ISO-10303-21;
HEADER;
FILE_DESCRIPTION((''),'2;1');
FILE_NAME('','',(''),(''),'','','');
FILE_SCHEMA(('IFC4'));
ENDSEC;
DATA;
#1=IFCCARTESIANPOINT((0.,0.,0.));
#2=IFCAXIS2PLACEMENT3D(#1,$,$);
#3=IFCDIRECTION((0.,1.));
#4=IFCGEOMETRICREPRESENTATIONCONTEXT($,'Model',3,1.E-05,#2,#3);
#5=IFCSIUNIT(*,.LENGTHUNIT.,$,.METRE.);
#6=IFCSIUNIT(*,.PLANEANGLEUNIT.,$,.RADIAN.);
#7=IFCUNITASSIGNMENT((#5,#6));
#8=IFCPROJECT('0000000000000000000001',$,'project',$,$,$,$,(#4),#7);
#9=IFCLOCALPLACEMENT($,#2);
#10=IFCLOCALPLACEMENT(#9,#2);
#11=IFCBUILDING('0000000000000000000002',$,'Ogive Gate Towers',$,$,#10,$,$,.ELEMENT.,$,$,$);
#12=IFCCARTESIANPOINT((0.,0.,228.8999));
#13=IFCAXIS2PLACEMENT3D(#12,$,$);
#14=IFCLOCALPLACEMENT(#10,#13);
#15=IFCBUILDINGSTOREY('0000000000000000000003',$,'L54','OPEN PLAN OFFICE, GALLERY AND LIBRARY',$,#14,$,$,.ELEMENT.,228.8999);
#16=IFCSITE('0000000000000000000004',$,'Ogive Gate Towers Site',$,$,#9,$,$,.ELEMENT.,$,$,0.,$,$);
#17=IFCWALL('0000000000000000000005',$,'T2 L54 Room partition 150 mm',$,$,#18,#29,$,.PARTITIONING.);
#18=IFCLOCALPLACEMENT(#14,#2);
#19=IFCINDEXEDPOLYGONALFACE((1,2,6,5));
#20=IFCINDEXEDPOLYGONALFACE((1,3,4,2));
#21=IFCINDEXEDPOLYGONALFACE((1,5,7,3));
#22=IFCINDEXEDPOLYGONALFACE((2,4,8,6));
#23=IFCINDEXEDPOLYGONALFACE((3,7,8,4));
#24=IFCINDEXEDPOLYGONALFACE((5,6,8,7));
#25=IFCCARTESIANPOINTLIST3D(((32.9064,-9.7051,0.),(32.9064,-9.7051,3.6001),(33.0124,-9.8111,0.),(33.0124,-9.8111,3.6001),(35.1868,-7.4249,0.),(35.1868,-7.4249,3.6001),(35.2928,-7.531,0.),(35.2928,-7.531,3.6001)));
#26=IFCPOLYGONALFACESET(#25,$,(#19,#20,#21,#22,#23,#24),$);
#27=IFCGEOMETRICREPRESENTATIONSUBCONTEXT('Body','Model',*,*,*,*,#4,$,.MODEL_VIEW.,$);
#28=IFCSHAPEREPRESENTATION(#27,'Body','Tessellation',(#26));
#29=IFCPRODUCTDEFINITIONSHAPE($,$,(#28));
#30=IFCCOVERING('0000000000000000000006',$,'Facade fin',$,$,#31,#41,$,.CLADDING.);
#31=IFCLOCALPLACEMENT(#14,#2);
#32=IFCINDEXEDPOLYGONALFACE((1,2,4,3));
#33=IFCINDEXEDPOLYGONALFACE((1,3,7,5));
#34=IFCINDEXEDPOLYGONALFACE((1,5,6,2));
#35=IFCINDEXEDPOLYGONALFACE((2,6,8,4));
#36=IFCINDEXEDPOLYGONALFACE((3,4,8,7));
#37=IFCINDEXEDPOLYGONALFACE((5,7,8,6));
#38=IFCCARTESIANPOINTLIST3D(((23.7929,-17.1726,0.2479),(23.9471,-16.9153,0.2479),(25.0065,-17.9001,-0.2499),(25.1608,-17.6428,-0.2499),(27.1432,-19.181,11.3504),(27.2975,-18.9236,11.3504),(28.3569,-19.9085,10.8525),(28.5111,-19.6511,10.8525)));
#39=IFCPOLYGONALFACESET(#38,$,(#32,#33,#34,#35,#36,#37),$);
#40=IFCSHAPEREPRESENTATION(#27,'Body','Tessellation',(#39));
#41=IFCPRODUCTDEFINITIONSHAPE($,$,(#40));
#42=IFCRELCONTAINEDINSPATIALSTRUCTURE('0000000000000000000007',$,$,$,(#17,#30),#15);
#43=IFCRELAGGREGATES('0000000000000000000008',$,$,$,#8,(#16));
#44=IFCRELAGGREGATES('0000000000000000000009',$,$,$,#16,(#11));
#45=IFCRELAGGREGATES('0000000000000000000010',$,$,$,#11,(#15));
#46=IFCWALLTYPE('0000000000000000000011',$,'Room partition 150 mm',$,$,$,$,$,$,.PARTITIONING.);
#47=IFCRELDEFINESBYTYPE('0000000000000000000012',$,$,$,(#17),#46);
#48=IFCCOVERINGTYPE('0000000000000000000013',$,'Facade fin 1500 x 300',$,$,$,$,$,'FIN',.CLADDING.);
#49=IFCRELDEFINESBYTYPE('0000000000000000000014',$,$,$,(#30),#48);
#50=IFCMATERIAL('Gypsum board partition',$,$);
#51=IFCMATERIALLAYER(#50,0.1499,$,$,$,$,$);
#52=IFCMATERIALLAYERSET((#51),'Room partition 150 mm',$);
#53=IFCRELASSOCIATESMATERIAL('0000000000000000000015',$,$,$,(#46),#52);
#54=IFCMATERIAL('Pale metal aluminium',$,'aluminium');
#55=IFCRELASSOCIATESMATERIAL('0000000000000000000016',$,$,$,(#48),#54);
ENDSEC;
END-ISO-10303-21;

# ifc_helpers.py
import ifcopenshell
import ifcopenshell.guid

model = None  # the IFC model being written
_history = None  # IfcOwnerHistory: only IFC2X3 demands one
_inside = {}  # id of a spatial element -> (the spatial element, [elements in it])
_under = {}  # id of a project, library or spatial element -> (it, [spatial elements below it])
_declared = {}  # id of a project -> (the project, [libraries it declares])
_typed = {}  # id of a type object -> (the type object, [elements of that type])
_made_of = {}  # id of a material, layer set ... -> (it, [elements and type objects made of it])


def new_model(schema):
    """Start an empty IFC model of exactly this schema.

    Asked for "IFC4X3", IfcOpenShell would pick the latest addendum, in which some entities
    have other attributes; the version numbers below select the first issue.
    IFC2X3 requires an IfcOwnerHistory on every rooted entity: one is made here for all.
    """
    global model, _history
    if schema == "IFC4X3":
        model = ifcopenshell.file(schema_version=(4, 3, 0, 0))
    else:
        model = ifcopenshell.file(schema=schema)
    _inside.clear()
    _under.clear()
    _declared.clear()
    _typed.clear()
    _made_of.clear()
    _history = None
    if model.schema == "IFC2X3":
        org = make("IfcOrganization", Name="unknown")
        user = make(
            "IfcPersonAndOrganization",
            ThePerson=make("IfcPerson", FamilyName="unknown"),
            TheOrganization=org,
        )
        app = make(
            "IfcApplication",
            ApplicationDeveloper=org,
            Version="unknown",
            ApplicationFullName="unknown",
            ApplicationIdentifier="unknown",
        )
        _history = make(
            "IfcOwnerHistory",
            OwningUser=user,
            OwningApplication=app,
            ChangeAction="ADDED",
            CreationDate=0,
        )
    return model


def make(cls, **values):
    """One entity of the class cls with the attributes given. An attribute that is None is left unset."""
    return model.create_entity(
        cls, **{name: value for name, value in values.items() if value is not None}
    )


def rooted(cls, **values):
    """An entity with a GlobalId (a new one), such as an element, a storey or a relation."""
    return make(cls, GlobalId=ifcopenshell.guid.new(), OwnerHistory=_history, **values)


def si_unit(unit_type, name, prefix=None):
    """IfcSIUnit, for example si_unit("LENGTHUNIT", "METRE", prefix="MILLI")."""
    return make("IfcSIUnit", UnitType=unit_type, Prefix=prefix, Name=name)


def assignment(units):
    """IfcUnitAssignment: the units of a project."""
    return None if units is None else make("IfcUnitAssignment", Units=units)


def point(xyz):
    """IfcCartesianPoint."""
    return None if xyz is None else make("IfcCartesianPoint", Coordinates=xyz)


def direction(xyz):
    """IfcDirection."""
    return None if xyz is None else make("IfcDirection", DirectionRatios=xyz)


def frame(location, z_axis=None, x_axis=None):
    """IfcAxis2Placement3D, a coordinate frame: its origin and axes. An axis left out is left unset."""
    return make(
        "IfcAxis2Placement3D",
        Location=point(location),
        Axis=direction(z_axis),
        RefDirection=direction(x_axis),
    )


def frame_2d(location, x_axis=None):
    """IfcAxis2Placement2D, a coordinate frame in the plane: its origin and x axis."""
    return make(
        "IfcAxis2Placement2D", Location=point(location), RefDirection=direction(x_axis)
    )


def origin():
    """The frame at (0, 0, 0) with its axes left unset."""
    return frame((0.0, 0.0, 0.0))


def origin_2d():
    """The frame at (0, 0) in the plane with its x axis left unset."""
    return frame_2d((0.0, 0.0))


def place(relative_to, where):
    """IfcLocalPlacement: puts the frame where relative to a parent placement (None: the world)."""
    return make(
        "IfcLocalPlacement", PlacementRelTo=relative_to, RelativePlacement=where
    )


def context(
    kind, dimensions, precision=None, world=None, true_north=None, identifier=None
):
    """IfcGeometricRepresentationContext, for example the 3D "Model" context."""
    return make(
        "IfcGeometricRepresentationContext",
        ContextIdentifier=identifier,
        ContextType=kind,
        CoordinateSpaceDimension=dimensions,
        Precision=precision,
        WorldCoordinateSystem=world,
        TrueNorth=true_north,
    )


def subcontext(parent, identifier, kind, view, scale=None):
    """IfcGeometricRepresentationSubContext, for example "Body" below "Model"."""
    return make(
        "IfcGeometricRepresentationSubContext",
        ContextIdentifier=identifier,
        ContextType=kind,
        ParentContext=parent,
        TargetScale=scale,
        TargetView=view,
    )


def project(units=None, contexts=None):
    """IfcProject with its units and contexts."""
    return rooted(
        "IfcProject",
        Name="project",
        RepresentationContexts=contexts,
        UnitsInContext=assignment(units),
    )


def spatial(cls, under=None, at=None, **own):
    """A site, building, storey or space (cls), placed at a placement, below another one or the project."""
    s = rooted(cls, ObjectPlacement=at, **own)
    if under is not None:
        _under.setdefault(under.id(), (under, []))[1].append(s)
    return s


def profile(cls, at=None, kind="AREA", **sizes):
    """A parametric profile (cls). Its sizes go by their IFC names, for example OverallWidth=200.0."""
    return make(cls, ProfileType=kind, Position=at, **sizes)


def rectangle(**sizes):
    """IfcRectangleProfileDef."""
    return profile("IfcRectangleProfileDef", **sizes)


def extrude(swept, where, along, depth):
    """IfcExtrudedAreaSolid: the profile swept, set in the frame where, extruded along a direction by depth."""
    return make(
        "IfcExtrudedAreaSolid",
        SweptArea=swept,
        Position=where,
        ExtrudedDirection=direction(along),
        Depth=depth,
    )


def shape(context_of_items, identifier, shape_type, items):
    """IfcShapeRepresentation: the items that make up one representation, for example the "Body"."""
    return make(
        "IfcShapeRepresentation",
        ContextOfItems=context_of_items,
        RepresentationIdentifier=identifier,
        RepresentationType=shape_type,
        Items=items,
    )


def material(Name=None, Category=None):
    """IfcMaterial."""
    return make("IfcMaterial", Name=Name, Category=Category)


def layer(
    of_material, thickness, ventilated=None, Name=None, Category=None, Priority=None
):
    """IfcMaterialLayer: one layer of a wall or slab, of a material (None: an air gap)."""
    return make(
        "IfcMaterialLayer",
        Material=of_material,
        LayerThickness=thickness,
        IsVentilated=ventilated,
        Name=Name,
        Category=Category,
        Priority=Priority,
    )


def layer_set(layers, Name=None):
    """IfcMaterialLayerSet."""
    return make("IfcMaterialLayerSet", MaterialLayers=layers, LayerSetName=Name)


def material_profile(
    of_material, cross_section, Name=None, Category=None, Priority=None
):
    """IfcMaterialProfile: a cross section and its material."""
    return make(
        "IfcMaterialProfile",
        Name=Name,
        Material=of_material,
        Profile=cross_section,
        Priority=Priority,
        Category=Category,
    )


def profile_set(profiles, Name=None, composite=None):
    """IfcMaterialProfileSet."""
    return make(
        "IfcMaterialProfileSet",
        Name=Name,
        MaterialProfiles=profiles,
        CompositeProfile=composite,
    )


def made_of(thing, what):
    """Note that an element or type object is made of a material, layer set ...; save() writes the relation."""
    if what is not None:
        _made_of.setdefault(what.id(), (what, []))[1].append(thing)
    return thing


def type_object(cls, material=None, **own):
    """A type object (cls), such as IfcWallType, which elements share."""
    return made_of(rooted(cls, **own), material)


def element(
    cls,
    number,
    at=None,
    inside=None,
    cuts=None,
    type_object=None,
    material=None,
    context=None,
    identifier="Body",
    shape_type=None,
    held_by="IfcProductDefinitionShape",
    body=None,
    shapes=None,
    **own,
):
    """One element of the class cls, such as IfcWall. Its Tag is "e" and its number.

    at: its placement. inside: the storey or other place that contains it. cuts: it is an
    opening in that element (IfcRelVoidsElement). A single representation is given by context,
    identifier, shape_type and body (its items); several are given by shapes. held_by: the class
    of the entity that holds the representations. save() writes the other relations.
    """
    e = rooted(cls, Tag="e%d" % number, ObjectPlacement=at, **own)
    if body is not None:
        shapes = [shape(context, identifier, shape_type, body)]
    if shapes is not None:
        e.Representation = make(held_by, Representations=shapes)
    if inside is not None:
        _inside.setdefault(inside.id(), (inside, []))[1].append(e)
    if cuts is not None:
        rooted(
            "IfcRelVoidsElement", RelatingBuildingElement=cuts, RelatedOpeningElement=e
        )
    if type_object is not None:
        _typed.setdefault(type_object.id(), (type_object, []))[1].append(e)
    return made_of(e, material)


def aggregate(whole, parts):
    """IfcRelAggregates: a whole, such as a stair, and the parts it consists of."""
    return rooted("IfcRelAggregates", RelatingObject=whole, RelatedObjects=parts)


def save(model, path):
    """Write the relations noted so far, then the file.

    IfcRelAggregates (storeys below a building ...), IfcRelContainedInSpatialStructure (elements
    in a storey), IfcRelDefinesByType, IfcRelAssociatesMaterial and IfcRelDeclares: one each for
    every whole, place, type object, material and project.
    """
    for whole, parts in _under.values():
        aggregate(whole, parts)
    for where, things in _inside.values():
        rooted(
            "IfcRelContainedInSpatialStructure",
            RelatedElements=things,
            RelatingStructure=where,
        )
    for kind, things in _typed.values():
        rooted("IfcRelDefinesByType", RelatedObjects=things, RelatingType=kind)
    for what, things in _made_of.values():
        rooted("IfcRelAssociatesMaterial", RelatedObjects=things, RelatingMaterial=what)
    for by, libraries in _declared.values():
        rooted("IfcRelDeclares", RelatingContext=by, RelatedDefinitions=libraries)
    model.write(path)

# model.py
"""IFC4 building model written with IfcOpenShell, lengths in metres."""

from ifc_helpers import new_model, si_unit, direction, frame, frame_2d, origin, origin_2d, place, context, subcontext, project, spatial, rectangle, extrude, material, layer, layer_set, material_profile, profile_set, type_object, element, save


model = new_model("IFC4")

# Units and contexts
model_context = context("Model", 3, precision=1e-05, world=origin(), true_north=direction((0.0, 1.0)))
body_context = subcontext(model_context, "Body", "Model", "MODEL_VIEW")
ifc_project = project(units=[si_unit("LENGTHUNIT", "METRE"), si_unit("PLANEANGLEUNIT", "RADIAN")], contexts=[model_context])

# Site, building, storey
site_placement = place(None, origin())
site = spatial("IfcSite", under=ifc_project, at=site_placement, Name="Ogive Gate Towers Site", CompositionType="ELEMENT", RefElevation=0.0)
building_placement = place(site_placement, origin())
building = spatial("IfcBuilding", under=site, at=building_placement, Name="Ogive Gate Towers", CompositionType="ELEMENT")
storey_placement = place(building_placement, frame((0.0, 0.0, 228.8999)))
storey = spatial("IfcBuildingStorey", under=building, at=storey_placement, Name="L54", Description="OPEN PLAN OFFICE, GALLERY AND LIBRARY", CompositionType="ELEMENT", Elevation=228.8999)

# Shared definitions
ifc_material_1 = material(Name="Pale metal aluminium", Category="aluminium")

# Wall
ifc_material_2 = material(Name="Gypsum board partition")
ifc_layer_1 = layer(ifc_material_2, 0.1499)
ifc_layer_set_1 = layer_set([ifc_layer_1], Name="Room partition 150 mm")
wall_type_1 = type_object("IfcWallType", Name="Room partition 150 mm", PredefinedType="PARTITIONING", material=ifc_layer_set_1)
wall_1_placement = place(storey_placement, frame((32.9595, -9.7581, 0.0), z_axis=(0.0, 0.0, 1.0), x_axis=(0.707145, 0.707069, 0.0)))
element("IfcWall", 1, at=wall_1_placement, inside=storey, type_object=wall_type_1, Name="T2 L54 Room partition 150 mm", PredefinedType="PARTITIONING", context=body_context, shape_type="SweptSolid", body=[
    extrude(rectangle(XDim=3.2249, YDim=0.1499, at=frame_2d((1.6123, 0.0))), origin(), (0.0, 0.0, 1.0), 3.6001),
])

# Covering
ifc_material_profile_1 = material_profile(ifc_material_1, rectangle(XDim=0.3, YDim=1.5, at=origin_2d()), Name="1500 x 300 pale metal aluminium")
ifc_profile_set_1 = profile_set([ifc_material_profile_1], Name="Pale metal aluminium")
covering_type = type_object("IfcCoveringType", Name="Facade fin 1500 x 300", ElementType="FIN", PredefinedType="CLADDING", material=ifc_profile_set_1)
covering_placement = place(storey_placement, frame((24.4768, -17.4077, -0.001), z_axis=(0.284665, -0.170637, 0.943318), x_axis=(0.514137, 0.857708, 0.0)))
element("IfcCovering", 2, at=covering_placement, inside=storey, type_object=covering_type, Name="Facade fin", PredefinedType="CLADDING", context=body_context, shape_type="SweptSolid", body=[
    extrude(rectangle(XDim=0.3, YDim=1.5, at=origin_2d()), origin(), (0.0, 0.0, 1.0), 11.7695),
])

save(model, "model.ifc")
